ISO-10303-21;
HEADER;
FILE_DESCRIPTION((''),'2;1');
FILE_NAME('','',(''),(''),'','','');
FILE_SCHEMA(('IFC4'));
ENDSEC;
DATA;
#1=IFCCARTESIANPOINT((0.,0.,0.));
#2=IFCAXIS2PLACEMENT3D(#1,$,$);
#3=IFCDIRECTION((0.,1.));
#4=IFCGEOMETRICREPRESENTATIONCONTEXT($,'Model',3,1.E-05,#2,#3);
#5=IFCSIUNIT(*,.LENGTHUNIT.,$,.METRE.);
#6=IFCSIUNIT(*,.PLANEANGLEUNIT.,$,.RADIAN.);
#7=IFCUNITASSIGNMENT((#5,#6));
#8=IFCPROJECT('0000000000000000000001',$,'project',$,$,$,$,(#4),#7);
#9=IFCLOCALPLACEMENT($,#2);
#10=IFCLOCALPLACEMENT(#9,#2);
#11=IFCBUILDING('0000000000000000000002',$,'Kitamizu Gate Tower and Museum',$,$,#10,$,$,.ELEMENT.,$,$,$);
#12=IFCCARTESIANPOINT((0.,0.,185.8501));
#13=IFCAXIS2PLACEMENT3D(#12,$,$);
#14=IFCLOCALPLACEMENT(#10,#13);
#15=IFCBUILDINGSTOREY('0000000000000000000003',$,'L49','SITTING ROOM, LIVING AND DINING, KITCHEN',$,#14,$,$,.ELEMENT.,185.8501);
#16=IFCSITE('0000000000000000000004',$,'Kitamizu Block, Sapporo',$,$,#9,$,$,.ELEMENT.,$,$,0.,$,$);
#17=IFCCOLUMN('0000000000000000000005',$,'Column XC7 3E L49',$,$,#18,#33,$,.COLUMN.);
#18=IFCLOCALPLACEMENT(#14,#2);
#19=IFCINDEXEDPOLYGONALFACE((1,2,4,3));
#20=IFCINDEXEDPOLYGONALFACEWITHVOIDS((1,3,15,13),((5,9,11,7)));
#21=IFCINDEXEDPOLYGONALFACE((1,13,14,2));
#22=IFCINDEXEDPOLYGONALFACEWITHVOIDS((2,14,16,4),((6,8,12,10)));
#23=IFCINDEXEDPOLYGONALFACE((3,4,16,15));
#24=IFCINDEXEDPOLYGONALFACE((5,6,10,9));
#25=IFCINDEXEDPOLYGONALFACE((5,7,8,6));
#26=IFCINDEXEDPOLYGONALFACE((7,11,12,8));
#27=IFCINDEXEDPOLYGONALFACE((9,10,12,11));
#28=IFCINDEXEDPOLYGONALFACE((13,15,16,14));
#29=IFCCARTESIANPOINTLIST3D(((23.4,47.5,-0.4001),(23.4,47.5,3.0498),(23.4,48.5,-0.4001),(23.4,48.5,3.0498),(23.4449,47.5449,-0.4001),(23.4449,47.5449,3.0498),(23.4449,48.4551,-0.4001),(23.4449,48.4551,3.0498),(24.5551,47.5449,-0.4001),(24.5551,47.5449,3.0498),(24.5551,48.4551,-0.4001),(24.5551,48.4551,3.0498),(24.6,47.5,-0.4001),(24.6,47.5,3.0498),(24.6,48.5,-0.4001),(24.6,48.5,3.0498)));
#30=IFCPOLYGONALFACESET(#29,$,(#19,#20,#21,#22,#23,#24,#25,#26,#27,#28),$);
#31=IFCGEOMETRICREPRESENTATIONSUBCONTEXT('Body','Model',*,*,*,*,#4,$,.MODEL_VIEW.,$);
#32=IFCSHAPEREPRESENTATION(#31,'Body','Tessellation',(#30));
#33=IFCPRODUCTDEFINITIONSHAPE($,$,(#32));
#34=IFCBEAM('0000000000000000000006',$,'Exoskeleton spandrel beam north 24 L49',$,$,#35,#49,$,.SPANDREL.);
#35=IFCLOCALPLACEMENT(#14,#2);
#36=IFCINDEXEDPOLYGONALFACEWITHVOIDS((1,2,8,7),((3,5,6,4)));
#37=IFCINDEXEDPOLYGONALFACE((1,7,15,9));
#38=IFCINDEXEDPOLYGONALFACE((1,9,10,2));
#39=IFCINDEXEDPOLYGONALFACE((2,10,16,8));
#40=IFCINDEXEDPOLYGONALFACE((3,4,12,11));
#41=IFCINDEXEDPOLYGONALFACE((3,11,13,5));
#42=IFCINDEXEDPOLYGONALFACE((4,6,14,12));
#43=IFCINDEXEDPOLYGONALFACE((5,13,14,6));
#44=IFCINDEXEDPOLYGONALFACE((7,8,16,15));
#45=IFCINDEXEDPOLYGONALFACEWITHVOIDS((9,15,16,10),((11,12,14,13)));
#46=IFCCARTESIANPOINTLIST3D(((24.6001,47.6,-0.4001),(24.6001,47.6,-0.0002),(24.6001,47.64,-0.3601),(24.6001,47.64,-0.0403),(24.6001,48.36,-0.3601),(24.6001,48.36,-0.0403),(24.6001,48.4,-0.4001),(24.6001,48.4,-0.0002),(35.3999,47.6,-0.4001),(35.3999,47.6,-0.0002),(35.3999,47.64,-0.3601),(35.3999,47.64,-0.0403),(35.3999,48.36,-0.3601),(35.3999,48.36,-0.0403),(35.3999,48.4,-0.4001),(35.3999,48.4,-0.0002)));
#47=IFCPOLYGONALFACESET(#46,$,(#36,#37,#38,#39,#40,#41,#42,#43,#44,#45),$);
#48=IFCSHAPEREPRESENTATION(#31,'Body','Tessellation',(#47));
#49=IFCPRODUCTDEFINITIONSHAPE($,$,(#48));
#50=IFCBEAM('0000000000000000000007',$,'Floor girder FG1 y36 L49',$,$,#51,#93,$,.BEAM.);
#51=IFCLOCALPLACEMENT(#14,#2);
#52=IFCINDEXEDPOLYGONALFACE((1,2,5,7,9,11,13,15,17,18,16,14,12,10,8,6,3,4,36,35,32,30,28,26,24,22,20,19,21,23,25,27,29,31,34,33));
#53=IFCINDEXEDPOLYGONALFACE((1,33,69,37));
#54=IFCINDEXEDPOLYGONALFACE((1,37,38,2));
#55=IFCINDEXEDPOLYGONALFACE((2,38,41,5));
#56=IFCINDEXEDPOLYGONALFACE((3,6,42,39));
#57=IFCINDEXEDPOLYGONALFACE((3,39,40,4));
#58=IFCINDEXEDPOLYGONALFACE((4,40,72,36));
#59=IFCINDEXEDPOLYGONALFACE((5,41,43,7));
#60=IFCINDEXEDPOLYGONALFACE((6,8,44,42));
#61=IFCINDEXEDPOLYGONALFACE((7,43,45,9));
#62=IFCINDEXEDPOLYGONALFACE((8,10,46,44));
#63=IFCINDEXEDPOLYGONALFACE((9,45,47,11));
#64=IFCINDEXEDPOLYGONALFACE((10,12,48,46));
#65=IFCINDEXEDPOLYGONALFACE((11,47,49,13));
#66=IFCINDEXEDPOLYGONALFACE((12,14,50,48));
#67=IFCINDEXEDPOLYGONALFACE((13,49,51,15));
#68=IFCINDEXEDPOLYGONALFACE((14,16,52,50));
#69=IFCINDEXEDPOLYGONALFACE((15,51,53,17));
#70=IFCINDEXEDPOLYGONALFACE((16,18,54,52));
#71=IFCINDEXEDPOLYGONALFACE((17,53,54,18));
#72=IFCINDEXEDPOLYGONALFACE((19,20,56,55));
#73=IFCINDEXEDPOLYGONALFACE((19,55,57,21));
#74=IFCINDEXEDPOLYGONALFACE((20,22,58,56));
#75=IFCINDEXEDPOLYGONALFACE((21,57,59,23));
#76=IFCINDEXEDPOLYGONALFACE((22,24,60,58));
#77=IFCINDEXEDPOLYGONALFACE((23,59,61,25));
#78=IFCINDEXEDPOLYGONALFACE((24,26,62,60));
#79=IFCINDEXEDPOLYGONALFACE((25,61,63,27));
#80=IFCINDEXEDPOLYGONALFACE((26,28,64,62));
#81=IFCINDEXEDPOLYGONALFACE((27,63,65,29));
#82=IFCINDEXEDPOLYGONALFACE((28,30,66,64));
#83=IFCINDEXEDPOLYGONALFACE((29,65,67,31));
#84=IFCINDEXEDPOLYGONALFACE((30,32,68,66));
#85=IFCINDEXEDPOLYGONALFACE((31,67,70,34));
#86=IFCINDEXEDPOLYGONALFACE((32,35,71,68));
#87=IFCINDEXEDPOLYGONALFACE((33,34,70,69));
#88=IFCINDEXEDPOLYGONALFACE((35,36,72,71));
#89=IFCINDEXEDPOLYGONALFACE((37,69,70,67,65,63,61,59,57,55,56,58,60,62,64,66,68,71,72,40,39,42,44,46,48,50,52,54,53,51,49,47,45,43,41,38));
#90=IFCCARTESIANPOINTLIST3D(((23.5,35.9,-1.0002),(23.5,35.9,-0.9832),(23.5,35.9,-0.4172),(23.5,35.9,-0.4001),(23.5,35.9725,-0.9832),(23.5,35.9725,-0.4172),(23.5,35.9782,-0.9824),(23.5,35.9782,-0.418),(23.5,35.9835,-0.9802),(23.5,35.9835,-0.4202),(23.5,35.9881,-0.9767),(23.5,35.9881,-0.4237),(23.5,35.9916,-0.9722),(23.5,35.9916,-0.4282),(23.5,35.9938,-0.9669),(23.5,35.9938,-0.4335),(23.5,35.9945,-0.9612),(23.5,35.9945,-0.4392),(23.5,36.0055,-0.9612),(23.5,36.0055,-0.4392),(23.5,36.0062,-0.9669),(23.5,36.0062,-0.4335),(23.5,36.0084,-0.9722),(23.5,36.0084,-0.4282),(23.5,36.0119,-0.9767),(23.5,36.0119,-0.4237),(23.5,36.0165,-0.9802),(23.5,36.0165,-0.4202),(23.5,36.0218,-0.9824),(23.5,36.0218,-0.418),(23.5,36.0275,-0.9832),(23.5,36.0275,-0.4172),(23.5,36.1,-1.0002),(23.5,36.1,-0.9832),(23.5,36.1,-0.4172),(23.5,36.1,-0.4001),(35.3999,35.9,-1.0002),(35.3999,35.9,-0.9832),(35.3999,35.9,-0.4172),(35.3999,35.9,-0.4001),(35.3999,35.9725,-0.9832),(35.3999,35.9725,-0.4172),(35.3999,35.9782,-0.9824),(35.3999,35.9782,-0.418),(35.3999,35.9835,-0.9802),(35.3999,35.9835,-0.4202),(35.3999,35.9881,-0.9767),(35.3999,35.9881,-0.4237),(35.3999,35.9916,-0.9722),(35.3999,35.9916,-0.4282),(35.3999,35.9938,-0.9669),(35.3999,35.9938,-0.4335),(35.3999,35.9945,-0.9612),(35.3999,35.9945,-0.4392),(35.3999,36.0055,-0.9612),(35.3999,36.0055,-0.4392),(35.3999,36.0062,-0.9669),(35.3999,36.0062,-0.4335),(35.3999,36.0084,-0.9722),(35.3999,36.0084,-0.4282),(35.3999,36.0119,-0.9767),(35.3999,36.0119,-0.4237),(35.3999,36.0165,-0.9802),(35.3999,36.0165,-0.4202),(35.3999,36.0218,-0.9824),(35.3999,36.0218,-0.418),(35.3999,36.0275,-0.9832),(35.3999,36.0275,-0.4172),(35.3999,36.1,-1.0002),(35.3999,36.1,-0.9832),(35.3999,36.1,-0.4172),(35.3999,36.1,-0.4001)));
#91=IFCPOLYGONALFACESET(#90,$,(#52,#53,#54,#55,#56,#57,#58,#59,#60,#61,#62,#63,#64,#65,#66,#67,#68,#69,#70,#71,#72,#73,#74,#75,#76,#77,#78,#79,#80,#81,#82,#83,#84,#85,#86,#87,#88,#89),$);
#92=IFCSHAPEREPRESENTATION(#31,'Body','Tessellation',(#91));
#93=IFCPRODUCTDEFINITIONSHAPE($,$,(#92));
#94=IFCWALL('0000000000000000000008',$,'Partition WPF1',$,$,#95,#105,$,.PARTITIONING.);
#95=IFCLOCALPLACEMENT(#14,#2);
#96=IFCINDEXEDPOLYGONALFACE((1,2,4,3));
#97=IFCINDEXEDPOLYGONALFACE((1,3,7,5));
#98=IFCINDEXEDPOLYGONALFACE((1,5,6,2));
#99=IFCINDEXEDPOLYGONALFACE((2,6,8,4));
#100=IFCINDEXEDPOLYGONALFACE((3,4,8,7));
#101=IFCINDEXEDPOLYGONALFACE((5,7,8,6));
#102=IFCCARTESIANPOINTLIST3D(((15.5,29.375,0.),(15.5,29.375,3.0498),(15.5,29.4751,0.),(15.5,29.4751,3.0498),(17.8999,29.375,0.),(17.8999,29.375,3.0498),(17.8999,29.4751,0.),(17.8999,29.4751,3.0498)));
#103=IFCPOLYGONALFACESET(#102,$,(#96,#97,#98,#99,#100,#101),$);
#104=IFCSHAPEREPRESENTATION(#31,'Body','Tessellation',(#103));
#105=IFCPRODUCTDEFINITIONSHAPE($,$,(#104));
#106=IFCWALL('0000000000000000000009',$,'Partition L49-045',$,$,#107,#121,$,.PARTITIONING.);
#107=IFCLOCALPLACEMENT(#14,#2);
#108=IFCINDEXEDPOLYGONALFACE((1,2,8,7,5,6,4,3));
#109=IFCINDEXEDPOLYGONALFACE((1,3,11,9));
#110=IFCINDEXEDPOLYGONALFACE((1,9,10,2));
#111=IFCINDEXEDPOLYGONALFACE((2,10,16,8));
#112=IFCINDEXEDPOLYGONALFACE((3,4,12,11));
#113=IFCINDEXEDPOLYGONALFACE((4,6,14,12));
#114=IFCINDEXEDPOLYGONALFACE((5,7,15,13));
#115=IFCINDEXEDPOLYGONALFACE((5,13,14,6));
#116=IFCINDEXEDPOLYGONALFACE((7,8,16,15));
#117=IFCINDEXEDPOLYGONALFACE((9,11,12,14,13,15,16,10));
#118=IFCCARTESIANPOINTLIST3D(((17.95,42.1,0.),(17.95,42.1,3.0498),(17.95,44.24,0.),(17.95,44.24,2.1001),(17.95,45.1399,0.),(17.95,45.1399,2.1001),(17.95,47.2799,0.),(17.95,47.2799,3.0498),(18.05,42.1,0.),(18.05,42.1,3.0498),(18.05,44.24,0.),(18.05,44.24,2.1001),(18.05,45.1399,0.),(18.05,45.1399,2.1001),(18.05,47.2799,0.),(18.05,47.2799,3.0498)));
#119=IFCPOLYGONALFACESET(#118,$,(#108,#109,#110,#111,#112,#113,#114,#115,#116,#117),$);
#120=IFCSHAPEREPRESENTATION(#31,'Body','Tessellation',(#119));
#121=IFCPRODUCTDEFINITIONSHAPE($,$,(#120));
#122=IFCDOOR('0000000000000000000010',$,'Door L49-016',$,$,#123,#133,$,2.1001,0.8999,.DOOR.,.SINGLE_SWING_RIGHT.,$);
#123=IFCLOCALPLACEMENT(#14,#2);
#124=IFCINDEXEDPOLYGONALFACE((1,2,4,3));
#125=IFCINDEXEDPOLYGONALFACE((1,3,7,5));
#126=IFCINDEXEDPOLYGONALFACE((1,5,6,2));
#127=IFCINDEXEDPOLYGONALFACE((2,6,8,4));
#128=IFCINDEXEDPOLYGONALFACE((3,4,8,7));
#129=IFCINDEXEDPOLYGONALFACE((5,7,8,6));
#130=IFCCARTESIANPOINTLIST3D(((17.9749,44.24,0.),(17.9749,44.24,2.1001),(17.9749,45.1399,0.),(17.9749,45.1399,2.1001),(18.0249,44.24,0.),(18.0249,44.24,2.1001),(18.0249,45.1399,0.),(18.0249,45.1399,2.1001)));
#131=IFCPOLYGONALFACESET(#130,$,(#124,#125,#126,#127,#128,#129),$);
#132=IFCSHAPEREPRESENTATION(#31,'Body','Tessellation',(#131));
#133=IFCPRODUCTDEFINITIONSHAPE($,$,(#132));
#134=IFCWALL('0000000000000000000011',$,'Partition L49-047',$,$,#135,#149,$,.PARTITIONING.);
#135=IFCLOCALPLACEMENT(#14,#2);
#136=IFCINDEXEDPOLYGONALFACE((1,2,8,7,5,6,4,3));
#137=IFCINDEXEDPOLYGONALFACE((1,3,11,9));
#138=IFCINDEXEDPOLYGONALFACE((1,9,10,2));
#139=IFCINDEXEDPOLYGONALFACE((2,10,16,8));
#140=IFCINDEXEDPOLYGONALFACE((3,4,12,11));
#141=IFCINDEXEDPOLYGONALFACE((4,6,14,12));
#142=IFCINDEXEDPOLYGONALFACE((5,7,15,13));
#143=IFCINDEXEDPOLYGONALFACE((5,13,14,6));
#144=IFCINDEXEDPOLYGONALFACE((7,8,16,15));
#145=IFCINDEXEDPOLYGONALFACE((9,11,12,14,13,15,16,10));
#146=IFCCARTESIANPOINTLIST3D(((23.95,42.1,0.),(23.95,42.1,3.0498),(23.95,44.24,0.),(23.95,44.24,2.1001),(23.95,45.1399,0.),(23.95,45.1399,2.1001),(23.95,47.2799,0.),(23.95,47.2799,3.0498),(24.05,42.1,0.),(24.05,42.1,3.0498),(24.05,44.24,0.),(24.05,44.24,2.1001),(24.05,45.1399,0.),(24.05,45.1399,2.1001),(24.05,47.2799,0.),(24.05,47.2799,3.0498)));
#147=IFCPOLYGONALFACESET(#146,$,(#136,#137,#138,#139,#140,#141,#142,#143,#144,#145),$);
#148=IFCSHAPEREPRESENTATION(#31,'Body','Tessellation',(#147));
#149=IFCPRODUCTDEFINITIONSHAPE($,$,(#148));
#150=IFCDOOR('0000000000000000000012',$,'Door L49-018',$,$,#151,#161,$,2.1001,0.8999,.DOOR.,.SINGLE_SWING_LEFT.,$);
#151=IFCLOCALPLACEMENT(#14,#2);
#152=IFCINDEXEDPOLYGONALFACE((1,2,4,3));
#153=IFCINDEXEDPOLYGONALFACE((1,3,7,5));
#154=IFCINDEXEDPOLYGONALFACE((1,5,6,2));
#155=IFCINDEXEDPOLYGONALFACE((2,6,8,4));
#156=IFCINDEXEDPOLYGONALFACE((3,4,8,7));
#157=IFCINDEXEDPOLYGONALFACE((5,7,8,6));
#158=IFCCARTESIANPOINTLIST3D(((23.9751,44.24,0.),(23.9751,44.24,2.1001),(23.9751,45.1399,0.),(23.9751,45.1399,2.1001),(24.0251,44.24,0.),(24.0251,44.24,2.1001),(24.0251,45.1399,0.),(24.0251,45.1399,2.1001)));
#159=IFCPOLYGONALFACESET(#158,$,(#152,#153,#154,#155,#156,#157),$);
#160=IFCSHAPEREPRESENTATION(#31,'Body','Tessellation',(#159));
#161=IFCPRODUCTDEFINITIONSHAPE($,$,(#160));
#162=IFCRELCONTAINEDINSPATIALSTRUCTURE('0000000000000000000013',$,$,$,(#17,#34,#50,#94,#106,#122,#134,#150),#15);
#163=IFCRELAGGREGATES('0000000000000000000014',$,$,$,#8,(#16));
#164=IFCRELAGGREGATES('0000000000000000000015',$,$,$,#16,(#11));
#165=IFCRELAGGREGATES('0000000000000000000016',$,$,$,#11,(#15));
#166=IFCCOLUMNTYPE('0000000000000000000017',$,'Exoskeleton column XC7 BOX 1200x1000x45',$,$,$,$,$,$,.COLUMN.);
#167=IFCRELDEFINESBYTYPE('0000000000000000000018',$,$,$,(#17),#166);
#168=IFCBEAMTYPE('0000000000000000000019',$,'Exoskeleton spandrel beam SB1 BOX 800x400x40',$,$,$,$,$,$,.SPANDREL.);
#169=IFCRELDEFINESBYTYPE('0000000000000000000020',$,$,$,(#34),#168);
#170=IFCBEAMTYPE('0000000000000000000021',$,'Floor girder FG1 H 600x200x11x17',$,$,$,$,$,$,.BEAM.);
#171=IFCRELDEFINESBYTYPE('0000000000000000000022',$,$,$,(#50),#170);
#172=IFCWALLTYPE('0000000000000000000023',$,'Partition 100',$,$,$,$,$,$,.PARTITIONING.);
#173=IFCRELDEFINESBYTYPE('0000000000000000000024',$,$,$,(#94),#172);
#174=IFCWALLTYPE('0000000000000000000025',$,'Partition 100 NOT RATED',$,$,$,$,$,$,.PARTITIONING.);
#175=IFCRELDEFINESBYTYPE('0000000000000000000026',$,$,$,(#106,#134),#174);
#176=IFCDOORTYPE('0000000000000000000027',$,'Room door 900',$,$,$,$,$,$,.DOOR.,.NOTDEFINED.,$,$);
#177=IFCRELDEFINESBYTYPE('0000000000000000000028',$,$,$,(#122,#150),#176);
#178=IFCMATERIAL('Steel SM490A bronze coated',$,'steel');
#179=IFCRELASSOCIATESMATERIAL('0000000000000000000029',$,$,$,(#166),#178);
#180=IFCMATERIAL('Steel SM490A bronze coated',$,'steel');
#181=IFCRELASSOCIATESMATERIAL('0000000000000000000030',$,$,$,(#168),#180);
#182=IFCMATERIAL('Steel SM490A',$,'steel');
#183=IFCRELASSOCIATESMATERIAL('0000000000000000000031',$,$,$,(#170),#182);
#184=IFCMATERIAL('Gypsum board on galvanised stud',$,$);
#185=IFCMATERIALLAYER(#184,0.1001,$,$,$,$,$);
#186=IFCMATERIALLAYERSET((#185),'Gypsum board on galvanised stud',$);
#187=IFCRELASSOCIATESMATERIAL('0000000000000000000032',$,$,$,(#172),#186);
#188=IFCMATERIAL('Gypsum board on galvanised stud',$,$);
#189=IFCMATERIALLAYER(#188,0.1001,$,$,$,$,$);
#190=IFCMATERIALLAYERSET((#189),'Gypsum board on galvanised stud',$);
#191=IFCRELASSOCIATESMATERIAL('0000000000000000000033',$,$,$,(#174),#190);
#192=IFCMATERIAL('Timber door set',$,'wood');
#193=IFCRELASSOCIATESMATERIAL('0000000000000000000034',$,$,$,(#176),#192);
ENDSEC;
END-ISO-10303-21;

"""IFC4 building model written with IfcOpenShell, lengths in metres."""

from ifc_helpers import new_model, si_unit, direction, frame, frame_2d, origin, origin_2d, place, context, subcontext, project, spatial, rectangle, hollow_rectangle, i_section, extrude, material, layer, layer_set, material_profile, profile_set, type_object, element, fill, save


model = new_model("IFC4")

# Units and contexts
model_context = context("Model", 3, precision=1e-05, world=origin(), true_north=direction((0.0, 1.0)))
body_context = subcontext(model_context, "Body", "Model", "MODEL_VIEW")
ifc_project = project(units=[si_unit("LENGTHUNIT", "METRE"), si_unit("PLANEANGLEUNIT", "RADIAN")], contexts=[model_context])

# Site, building, storey
site_placement = place(None, origin())
site = spatial("IfcSite", under=ifc_project, at=site_placement, Name="Kitamizu Block, Sapporo", CompositionType="ELEMENT", RefElevation=0.0)
building_placement = place(site_placement, origin())
building = spatial("IfcBuilding", under=site, at=building_placement, Name="Kitamizu Gate Tower and Museum", CompositionType="ELEMENT")
storey_placement = place(building_placement, frame((0.0, 0.0, 185.8501)))
storey = spatial("IfcBuildingStorey", under=building, at=storey_placement, Name="L49", Description="SITTING ROOM, LIVING AND DINING, KITCHEN", CompositionType="ELEMENT", Elevation=185.8501)

# Column
ifc_material_1 = material(Name="Steel SM490A bronze coated", Category="steel")
ifc_material_profile_1 = material_profile(ifc_material_1, hollow_rectangle(XDim=1.2, YDim=1.0, WallThickness=0.0449, at=origin_2d()), Name="BOX 1200x1000x45")
ifc_profile_set_1 = profile_set([ifc_material_profile_1], Name="Steel SM490A bronze coated")
column_type = type_object("IfcColumnType", Name="Exoskeleton column XC7 BOX 1200x1000x45", PredefinedType="COLUMN", material=ifc_profile_set_1)
column_placement = place(storey_placement, frame((24.0, 48.0, -0.4001), z_axis=(0.0, 0.0, 1.0), x_axis=(1.0, 0.0, 0.0)))
element("IfcColumn", 1, at=column_placement, inside=storey, type_object=column_type, Name="Column XC7 3E L49", PredefinedType="COLUMN", context=body_context, shape_type="SweptSolid", body=[
    extrude(hollow_rectangle(XDim=1.2, YDim=1.0, WallThickness=0.0449, at=origin_2d()), origin(), (0.0, 0.0, 1.0), 3.45),
])

# Beams
ifc_material_2 = material(Name="Steel SM490A bronze coated", Category="steel")
ifc_material_profile_2 = material_profile(ifc_material_2, hollow_rectangle(XDim=0.8, YDim=0.3999, WallThickness=0.04, at=origin_2d()), Name="BOX 800x400x40")
ifc_profile_set_2 = profile_set([ifc_material_profile_2], Name="Steel SM490A bronze coated")
beam_type_1 = type_object("IfcBeamType", Name="Exoskeleton spandrel beam SB1 BOX 800x400x40", PredefinedType="SPANDREL", material=ifc_profile_set_2)
beam_1_placement = place(storey_placement, frame((24.6001, 48.0, -0.2002), z_axis=(1.0, 0.0, 0.0), x_axis=(0.0, 1.0, 0.0)))
element("IfcBeam", 2, at=beam_1_placement, inside=storey, type_object=beam_type_1, Name="Exoskeleton spandrel beam north 24 L49", PredefinedType="SPANDREL", context=body_context, shape_type="SweptSolid", body=[
    extrude(hollow_rectangle(XDim=0.8, YDim=0.3999, WallThickness=0.04, at=origin_2d()), origin(), (0.0, 0.0, 1.0), 10.7998),
])
ifc_material_3 = material(Name="Steel SM490A", Category="steel")
ifc_material_profile_3 = material_profile(ifc_material_3, i_section(OverallWidth=0.2, OverallDepth=0.6001, WebThickness=0.011, FlangeThickness=0.0171, FilletRadius=0.022, at=origin_2d()), Name="H-600x200x11x17")
ifc_profile_set_3 = profile_set([ifc_material_profile_3], Name="Steel SM490A")
beam_type_2 = type_object("IfcBeamType", Name="Floor girder FG1 H 600x200x11x17", PredefinedType="BEAM", material=ifc_profile_set_3)
beam_2_placement = place(storey_placement, frame((23.5, 36.0, -0.7002), z_axis=(1.0, 0.0, 0.0), x_axis=(0.0, 1.0, 0.0)))
element("IfcBeam", 3, at=beam_2_placement, inside=storey, type_object=beam_type_2, Name="Floor girder FG1 y36 L49", PredefinedType="BEAM", context=body_context, shape_type="SweptSolid", body=[
    extrude(i_section(OverallWidth=0.2, OverallDepth=0.6001, WebThickness=0.011, FlangeThickness=0.0171, FilletRadius=0.022, at=origin_2d()), origin(), (0.0, 0.0, 1.0), 11.8999),
])

# Wall
ifc_material_4 = material(Name="Gypsum board on galvanised stud")
ifc_layer_1 = layer(ifc_material_4, 0.1001)
ifc_layer_set_1 = layer_set([ifc_layer_1], Name="Gypsum board on galvanised stud")
wall_type_1 = type_object("IfcWallType", Name="Partition 100", PredefinedType="PARTITIONING", material=ifc_layer_set_1)
wall_1_placement = place(storey_placement, frame((15.5, 29.425, 0.0), z_axis=(0.0, 0.0, 1.0), x_axis=(1.0, 0.0, 0.0)))
element("IfcWall", 4, at=wall_1_placement, inside=storey, type_object=wall_type_1, Name="Partition WPF1", PredefinedType="PARTITIONING", context=body_context, shape_type="SweptSolid", body=[
    extrude(rectangle(XDim=2.3999, YDim=0.1001, at=frame_2d((1.2, 0.0))), origin(), (0.0, 0.0, 1.0), 3.0498),
])

# Walls, openings, doors
ifc_material_5 = material(Name="Gypsum board on galvanised stud")
ifc_layer_2 = layer(ifc_material_5, 0.1001)
ifc_layer_set_2 = layer_set([ifc_layer_2], Name="Gypsum board on galvanised stud")
wall_type_2 = type_object("IfcWallType", Name="Partition 100 NOT RATED", PredefinedType="PARTITIONING", material=ifc_layer_set_2)
wall_2_placement = place(storey_placement, frame((18.0, 42.1001, 0.0), z_axis=(0.0, 0.0, 1.0), x_axis=(0.0, 1.0, 0.0)))
wall_2 = element("IfcWall", 5, at=wall_2_placement, inside=storey, type_object=wall_type_2, Name="Partition L49-045", PredefinedType="PARTITIONING", context=body_context, shape_type="SweptSolid", body=[
    extrude(rectangle(XDim=5.1799, YDim=0.1001, at=frame_2d((2.5898, 0.0))), origin(), (0.0, 0.0, 1.0), 3.0498),
])
opening_1_placement = place(wall_2_placement, frame((2.1399, 0.0, 0.0)))
opening_1 = element("IfcOpeningElement", 6, at=opening_1_placement, cuts=wall_2, PredefinedType="OPENING", context=body_context, shape_type="SweptSolid", body=[
    extrude(rectangle(XDim=0.8999, YDim=2.1001, at=frame_2d((0.45, 1.05))), frame((0.0, 0.0601, 0.0), z_axis=(0.0, -1.0, 0.0), x_axis=(1.0, 0.0, 0.0)), (0.0, 0.0, 1.0), 0.1201),
])
ifc_material_6 = material(Name="Timber door set", Category="wood")
door_type_1 = type_object("IfcDoorType", Name="Room door 900", OperationType="NOTDEFINED", PredefinedType="DOOR", material=ifc_material_6)
door_1_placement = place(opening_1_placement, frame((0.8999, 0.0, 0.0), x_axis=(-1.0, 0.0, 0.0)))
door_1 = element("IfcDoor", 7, at=door_1_placement, inside=storey, type_object=door_type_1, Name="Door L49-016", OperationType="SINGLE_SWING_RIGHT", OverallHeight=2.1001, OverallWidth=0.8999, PredefinedType="DOOR", context=body_context, shape_type="SweptSolid", body=[
    extrude(rectangle(XDim=0.8999, YDim=2.1001, at=frame_2d((0.45, 1.05))), frame((0.0, 0.0249, 0.0), z_axis=(0.0, -1.0, 0.0), x_axis=(1.0, 0.0, 0.0)), (0.0, 0.0, 1.0), 0.05),
])
fill(opening_1, door_1)
wall_3_placement = place(storey_placement, frame((24.0, 42.1001, 0.0), z_axis=(0.0, 0.0, 1.0), x_axis=(0.0, 1.0, 0.0)))
wall_3 = element("IfcWall", 8, at=wall_3_placement, inside=storey, type_object=wall_type_2, Name="Partition L49-047", PredefinedType="PARTITIONING", context=body_context, shape_type="SweptSolid", body=[
    extrude(rectangle(XDim=5.1799, YDim=0.1001, at=frame_2d((2.5898, 0.0))), origin(), (0.0, 0.0, 1.0), 3.0498),
])
opening_2_placement = place(wall_3_placement, frame((2.1399, 0.0, 0.0)))
opening_2 = element("IfcOpeningElement", 9, at=opening_2_placement, cuts=wall_3, PredefinedType="OPENING", context=body_context, shape_type="SweptSolid", body=[
    extrude(rectangle(XDim=0.8999, YDim=2.1001, at=frame_2d((0.45, 1.05))), frame((0.0, 0.0601, 0.0), z_axis=(0.0, -1.0, 0.0), x_axis=(1.0, 0.0, 0.0)), (0.0, 0.0, 1.0), 0.1201),
])
door_2_placement = place(opening_2_placement, origin())
door_2 = element("IfcDoor", 10, at=door_2_placement, inside=storey, type_object=door_type_1, Name="Door L49-018", OperationType="SINGLE_SWING_LEFT", OverallHeight=2.1001, OverallWidth=0.8999, PredefinedType="DOOR", context=body_context, shape_type="SweptSolid", body=[
    extrude(rectangle(XDim=0.8999, YDim=2.1001, at=frame_2d((0.45, 1.05))), frame((0.0, 0.0249, 0.0), z_axis=(0.0, -1.0, 0.0), x_axis=(1.0, 0.0, 0.0)), (0.0, 0.0, 1.0), 0.05),
])
fill(opening_2, door_2)

save(model, "model.ifc")
